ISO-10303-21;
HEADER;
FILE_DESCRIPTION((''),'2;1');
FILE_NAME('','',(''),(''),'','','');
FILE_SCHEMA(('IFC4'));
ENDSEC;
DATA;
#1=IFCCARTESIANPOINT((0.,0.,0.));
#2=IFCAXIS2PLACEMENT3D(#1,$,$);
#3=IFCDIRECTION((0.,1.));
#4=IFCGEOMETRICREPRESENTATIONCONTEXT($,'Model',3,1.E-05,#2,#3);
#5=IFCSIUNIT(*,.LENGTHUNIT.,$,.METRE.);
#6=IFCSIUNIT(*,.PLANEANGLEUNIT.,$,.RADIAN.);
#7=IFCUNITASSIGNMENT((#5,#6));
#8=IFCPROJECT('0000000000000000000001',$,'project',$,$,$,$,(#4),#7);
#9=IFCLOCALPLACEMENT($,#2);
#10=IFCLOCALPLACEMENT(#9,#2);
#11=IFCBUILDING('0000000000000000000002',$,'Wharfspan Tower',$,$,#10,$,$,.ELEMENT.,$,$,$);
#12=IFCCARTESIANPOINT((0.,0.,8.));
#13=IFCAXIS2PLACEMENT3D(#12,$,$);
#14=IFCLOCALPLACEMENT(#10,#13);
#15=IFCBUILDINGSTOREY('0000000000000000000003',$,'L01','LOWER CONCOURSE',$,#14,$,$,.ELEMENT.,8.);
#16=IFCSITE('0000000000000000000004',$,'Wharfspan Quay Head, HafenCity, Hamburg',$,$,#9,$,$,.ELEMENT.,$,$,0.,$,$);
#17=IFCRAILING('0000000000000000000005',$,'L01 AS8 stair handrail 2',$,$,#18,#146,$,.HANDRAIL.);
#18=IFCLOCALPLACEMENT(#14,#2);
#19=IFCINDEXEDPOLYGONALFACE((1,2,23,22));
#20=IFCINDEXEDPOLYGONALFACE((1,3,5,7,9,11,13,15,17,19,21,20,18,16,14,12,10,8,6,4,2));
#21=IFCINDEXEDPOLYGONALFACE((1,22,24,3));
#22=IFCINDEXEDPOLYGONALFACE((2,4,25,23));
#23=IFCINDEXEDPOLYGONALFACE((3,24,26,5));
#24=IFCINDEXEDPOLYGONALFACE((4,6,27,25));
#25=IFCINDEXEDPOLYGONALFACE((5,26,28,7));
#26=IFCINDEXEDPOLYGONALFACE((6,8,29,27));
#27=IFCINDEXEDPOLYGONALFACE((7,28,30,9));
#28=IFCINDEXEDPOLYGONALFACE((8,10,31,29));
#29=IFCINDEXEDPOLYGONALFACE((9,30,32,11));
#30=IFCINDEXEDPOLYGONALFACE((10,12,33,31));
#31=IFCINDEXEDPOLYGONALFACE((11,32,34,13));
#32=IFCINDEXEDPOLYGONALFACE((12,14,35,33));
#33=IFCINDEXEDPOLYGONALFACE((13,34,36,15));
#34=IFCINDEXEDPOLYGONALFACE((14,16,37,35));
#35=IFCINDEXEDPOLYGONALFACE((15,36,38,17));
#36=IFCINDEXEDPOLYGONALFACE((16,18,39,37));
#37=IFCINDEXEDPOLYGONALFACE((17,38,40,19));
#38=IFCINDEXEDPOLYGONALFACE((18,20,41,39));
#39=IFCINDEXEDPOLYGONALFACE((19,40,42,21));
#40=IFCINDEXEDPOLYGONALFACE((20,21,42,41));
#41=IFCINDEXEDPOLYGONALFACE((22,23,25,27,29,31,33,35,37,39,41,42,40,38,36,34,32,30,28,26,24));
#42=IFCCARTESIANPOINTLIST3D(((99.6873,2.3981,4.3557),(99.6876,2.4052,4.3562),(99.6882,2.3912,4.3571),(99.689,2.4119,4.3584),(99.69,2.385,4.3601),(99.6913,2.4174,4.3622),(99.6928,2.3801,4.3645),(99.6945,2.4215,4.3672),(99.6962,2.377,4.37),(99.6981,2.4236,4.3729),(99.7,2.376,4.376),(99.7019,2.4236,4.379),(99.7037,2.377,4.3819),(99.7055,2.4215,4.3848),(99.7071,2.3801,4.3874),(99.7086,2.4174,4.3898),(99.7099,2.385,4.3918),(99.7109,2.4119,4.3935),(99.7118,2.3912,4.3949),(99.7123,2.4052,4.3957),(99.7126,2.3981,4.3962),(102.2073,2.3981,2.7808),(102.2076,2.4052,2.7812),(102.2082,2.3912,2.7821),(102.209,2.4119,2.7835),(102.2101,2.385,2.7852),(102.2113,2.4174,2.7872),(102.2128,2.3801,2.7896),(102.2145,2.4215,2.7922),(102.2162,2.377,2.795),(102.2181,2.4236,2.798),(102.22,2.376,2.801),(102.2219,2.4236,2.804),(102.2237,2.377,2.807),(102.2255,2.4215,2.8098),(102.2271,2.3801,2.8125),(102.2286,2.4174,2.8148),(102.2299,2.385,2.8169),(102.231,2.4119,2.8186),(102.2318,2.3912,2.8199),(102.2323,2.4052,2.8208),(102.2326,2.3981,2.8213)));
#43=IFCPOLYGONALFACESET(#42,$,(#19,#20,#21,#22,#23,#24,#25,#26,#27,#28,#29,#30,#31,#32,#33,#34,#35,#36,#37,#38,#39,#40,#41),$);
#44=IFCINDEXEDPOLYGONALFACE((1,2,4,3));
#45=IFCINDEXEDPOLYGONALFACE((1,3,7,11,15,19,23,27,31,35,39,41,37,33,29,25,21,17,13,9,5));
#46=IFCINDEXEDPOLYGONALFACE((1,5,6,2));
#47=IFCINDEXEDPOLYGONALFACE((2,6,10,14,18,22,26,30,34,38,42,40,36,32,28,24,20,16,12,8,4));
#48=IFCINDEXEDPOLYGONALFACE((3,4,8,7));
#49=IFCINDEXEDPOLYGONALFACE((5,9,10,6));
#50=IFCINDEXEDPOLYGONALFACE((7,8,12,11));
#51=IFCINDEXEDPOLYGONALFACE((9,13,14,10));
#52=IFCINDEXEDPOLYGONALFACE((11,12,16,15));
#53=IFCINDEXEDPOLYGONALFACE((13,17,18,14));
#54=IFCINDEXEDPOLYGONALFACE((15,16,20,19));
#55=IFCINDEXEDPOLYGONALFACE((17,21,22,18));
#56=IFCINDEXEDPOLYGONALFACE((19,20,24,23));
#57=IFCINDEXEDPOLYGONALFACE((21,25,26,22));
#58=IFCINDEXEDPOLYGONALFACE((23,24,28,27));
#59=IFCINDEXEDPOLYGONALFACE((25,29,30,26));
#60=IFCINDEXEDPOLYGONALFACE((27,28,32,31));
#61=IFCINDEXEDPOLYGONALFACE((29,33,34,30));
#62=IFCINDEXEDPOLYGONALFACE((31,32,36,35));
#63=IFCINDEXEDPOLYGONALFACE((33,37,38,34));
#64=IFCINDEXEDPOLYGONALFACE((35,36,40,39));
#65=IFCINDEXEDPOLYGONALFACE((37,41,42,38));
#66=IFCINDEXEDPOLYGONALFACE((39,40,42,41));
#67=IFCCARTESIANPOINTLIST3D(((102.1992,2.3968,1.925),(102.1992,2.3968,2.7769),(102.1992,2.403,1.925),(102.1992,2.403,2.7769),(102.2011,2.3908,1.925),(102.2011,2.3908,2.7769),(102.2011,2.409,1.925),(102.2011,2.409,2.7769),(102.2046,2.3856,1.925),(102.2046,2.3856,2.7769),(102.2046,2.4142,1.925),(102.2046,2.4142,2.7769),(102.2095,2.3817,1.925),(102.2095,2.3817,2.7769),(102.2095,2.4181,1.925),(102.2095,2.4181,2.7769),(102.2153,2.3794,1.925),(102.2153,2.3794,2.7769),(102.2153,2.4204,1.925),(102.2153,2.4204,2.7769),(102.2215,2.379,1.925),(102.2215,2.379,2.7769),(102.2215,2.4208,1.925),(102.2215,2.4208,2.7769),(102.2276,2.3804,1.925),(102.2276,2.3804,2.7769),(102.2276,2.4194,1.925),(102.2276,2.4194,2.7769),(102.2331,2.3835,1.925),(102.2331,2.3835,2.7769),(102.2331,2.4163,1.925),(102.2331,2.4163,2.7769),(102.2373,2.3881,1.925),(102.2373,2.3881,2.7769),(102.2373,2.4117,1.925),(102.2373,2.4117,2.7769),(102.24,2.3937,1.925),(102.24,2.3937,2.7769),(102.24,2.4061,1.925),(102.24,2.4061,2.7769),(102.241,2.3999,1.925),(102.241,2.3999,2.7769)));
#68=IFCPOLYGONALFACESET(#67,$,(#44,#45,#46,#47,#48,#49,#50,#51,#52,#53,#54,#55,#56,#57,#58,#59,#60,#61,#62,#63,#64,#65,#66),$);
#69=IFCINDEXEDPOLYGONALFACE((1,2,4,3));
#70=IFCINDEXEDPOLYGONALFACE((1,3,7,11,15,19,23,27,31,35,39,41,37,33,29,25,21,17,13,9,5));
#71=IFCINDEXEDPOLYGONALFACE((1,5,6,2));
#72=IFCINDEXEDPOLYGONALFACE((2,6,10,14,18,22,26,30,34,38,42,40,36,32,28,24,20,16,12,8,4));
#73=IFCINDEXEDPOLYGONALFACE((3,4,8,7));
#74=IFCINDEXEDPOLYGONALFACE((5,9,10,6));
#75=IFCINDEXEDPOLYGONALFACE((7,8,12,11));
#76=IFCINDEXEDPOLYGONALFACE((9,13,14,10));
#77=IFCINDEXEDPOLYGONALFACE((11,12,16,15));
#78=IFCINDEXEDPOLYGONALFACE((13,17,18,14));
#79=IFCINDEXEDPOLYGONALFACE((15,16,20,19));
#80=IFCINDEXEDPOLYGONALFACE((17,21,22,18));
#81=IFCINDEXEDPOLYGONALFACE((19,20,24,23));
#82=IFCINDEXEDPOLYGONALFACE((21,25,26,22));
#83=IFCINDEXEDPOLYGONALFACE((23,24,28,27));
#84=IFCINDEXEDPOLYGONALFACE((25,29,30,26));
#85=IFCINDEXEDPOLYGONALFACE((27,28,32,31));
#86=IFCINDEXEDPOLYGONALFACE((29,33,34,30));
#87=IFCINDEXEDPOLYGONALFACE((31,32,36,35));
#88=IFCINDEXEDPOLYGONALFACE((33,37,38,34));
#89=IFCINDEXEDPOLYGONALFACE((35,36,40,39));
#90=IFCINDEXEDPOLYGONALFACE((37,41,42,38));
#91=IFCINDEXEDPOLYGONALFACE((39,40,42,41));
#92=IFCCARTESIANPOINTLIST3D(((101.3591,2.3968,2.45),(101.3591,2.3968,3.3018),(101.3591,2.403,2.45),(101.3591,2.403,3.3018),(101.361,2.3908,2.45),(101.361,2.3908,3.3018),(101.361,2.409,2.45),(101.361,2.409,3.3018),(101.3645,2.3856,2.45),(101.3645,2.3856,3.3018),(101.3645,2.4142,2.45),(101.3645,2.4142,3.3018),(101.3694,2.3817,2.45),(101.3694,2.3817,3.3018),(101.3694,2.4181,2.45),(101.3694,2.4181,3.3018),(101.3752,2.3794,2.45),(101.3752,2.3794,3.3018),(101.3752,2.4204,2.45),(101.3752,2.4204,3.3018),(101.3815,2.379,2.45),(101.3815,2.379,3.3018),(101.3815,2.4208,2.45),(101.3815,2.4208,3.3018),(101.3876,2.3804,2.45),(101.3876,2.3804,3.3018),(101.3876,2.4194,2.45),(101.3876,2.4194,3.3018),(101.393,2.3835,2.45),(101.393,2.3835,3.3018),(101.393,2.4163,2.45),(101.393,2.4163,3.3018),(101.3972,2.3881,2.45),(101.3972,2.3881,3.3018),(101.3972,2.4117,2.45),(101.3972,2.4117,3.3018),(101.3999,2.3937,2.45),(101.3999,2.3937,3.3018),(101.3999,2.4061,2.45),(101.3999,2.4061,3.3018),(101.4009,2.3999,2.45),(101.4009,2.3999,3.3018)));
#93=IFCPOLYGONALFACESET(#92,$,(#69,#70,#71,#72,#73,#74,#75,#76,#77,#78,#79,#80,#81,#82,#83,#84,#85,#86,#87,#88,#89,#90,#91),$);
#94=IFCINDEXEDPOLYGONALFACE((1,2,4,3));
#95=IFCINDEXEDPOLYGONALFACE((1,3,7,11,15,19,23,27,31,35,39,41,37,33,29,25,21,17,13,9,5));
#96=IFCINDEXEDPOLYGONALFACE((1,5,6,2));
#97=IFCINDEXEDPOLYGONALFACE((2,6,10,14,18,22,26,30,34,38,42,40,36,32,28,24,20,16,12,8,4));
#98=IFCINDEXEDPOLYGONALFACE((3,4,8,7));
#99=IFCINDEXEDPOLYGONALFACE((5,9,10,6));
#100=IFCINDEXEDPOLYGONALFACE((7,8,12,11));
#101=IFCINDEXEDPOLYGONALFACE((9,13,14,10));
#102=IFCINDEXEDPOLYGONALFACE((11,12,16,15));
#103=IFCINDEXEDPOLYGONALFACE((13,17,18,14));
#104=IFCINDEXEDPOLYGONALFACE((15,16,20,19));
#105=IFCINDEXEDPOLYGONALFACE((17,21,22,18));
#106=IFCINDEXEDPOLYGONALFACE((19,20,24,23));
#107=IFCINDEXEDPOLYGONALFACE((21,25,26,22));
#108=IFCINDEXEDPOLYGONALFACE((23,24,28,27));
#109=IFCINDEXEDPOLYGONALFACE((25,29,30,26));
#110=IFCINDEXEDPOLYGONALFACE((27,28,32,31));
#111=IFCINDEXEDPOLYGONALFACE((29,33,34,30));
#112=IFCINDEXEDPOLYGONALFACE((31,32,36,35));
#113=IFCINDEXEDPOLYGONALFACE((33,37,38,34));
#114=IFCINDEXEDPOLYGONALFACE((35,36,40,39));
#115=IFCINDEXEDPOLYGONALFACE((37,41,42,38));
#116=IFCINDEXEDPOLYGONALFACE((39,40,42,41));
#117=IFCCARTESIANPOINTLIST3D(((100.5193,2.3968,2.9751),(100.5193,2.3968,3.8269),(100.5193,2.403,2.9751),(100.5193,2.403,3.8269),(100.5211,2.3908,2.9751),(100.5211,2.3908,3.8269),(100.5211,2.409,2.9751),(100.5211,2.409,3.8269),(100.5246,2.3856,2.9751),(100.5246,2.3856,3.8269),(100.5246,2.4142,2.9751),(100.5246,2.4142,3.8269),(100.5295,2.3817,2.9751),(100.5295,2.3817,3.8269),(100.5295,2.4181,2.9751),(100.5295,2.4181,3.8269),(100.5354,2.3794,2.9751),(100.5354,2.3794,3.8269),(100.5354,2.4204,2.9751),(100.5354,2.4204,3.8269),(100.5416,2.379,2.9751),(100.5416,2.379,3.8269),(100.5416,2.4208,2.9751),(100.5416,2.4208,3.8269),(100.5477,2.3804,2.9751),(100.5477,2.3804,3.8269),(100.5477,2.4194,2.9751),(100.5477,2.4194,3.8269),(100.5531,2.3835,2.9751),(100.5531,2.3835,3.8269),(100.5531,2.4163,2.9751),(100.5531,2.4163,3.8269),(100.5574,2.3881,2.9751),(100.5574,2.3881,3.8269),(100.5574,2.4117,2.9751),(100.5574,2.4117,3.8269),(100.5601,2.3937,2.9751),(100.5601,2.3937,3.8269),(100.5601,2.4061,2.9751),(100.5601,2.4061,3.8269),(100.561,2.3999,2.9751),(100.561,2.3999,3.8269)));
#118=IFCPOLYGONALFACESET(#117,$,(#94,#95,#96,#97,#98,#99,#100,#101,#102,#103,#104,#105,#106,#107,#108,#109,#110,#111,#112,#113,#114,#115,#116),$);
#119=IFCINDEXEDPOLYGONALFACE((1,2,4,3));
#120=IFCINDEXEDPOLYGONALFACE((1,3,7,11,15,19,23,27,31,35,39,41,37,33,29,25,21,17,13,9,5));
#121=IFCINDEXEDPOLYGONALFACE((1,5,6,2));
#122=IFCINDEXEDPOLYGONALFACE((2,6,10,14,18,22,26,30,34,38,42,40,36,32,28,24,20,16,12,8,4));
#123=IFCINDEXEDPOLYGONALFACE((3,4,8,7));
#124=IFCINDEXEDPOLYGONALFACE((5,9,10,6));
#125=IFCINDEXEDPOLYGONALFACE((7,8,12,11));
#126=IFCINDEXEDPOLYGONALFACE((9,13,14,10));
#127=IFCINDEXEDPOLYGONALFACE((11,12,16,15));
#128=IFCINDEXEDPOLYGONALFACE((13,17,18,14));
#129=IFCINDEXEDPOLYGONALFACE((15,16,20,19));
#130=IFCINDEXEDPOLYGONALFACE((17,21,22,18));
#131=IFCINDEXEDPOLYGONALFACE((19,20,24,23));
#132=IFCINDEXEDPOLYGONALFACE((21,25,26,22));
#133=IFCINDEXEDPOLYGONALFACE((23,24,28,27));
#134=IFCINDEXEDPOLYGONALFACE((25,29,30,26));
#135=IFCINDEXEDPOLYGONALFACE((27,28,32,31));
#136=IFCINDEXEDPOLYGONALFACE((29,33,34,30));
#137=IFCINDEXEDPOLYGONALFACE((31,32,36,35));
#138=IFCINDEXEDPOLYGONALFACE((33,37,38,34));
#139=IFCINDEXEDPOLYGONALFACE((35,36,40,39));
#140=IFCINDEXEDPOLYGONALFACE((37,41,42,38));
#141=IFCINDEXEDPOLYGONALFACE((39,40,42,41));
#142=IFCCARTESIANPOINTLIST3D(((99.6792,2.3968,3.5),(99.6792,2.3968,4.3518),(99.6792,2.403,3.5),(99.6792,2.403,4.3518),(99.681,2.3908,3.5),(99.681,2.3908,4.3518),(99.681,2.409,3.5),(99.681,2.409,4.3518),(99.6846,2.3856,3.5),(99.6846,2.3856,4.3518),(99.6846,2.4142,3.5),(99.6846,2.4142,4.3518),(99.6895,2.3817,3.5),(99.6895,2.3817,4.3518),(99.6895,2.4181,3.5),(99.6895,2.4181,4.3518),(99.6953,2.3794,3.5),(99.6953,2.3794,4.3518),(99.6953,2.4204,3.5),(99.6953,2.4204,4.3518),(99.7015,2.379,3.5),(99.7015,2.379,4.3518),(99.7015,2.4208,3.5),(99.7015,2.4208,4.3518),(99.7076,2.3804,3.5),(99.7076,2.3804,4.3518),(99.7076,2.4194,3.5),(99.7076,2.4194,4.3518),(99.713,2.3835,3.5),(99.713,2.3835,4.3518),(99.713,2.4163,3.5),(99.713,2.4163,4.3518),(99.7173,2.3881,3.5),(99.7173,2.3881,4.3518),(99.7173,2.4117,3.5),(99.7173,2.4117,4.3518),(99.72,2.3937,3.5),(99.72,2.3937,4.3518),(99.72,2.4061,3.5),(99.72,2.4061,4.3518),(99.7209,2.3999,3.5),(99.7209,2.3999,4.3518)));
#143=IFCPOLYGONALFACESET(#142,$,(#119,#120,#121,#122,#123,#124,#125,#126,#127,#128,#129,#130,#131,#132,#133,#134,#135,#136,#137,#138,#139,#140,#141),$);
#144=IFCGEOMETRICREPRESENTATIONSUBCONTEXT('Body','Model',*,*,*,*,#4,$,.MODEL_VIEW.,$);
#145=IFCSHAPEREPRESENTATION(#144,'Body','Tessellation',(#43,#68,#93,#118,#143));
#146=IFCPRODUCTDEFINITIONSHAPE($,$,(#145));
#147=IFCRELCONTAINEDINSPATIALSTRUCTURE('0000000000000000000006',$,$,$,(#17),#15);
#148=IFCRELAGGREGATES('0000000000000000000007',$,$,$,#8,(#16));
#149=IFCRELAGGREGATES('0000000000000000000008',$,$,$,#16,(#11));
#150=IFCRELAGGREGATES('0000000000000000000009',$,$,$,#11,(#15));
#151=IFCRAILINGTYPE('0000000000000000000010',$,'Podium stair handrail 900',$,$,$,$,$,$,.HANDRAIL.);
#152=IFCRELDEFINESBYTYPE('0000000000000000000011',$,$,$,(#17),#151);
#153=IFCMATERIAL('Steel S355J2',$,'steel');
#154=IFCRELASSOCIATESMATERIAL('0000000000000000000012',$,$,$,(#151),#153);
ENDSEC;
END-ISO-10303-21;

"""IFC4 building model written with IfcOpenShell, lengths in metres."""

from ifc_helpers import new_model, si_unit, direction, frame, origin, origin_2d, place, context, subcontext, project, spatial, circle, extrude, material, type_object, element, save


model = new_model("IFC4")

# Units and contexts
model_context = context("Model", 3, precision=1e-05, world=origin(), true_north=direction((0.0, 1.0)))
body_context = subcontext(model_context, "Body", "Model", "MODEL_VIEW")
ifc_project = project(units=[si_unit("LENGTHUNIT", "METRE"), si_unit("PLANEANGLEUNIT", "RADIAN")], contexts=[model_context])

# Site, building, storey
site_placement = place(None, origin())
site = spatial("IfcSite", under=ifc_project, at=site_placement, Name="Wharfspan Quay Head, HafenCity, Hamburg", CompositionType="ELEMENT", RefElevation=0.0)
building_placement = place(site_placement, origin())
building = spatial("IfcBuilding", under=site, at=building_placement, Name="Wharfspan Tower", CompositionType="ELEMENT")
storey_placement = place(building_placement, frame((0.0, 0.0, 8.0)))
storey = spatial("IfcBuildingStorey", under=building, at=storey_placement, Name="L01", Description="LOWER CONCOURSE", CompositionType="ELEMENT", Elevation=8.0)

# Railing
ifc_material_1 = material(Name="Steel S355J2", Category="steel")
railing_type = type_object("IfcRailingType", Name="Podium stair handrail 900", PredefinedType="HANDRAIL", material=ifc_material_1)
for number, where, name in (
    (1, (102.22, 2.3999, 1.925), "L01 AS8 stair handrail 2"),
):
    element("IfcRailing", number, at=place(storey_placement, frame(where)), inside=storey, type_object=railing_type, Name=name, PredefinedType="HANDRAIL", context=body_context, shape_type="SweptSolid", body=[
        extrude(circle(Radius=0.0239, at=origin_2d()), frame((0.0, 0.0, 0.876), z_axis=(-0.848008, 0.0, 0.529984), x_axis=(0.0, -1.0, 0.0)), (0.0, 0.0, 1.0), 2.9717),
        extrude(circle(Radius=0.021, at=origin_2d()), origin(), (0.0, 0.0, 1.0), 0.8518),
        extrude(circle(Radius=0.021, at=origin_2d()), frame((-0.8401, 0.0, 0.5249)), (0.0, 0.0, 1.0), 0.8518),
        extrude(circle(Radius=0.021, at=origin_2d()), frame((-1.6799, 0.0, 1.05)), (0.0, 0.0, 1.0), 0.8518),
        extrude(circle(Radius=0.021, at=origin_2d()), frame((-2.52, 0.0, 1.575)), (0.0, 0.0, 1.0), 0.8518),
    ])

save(model, "model.ifc")
